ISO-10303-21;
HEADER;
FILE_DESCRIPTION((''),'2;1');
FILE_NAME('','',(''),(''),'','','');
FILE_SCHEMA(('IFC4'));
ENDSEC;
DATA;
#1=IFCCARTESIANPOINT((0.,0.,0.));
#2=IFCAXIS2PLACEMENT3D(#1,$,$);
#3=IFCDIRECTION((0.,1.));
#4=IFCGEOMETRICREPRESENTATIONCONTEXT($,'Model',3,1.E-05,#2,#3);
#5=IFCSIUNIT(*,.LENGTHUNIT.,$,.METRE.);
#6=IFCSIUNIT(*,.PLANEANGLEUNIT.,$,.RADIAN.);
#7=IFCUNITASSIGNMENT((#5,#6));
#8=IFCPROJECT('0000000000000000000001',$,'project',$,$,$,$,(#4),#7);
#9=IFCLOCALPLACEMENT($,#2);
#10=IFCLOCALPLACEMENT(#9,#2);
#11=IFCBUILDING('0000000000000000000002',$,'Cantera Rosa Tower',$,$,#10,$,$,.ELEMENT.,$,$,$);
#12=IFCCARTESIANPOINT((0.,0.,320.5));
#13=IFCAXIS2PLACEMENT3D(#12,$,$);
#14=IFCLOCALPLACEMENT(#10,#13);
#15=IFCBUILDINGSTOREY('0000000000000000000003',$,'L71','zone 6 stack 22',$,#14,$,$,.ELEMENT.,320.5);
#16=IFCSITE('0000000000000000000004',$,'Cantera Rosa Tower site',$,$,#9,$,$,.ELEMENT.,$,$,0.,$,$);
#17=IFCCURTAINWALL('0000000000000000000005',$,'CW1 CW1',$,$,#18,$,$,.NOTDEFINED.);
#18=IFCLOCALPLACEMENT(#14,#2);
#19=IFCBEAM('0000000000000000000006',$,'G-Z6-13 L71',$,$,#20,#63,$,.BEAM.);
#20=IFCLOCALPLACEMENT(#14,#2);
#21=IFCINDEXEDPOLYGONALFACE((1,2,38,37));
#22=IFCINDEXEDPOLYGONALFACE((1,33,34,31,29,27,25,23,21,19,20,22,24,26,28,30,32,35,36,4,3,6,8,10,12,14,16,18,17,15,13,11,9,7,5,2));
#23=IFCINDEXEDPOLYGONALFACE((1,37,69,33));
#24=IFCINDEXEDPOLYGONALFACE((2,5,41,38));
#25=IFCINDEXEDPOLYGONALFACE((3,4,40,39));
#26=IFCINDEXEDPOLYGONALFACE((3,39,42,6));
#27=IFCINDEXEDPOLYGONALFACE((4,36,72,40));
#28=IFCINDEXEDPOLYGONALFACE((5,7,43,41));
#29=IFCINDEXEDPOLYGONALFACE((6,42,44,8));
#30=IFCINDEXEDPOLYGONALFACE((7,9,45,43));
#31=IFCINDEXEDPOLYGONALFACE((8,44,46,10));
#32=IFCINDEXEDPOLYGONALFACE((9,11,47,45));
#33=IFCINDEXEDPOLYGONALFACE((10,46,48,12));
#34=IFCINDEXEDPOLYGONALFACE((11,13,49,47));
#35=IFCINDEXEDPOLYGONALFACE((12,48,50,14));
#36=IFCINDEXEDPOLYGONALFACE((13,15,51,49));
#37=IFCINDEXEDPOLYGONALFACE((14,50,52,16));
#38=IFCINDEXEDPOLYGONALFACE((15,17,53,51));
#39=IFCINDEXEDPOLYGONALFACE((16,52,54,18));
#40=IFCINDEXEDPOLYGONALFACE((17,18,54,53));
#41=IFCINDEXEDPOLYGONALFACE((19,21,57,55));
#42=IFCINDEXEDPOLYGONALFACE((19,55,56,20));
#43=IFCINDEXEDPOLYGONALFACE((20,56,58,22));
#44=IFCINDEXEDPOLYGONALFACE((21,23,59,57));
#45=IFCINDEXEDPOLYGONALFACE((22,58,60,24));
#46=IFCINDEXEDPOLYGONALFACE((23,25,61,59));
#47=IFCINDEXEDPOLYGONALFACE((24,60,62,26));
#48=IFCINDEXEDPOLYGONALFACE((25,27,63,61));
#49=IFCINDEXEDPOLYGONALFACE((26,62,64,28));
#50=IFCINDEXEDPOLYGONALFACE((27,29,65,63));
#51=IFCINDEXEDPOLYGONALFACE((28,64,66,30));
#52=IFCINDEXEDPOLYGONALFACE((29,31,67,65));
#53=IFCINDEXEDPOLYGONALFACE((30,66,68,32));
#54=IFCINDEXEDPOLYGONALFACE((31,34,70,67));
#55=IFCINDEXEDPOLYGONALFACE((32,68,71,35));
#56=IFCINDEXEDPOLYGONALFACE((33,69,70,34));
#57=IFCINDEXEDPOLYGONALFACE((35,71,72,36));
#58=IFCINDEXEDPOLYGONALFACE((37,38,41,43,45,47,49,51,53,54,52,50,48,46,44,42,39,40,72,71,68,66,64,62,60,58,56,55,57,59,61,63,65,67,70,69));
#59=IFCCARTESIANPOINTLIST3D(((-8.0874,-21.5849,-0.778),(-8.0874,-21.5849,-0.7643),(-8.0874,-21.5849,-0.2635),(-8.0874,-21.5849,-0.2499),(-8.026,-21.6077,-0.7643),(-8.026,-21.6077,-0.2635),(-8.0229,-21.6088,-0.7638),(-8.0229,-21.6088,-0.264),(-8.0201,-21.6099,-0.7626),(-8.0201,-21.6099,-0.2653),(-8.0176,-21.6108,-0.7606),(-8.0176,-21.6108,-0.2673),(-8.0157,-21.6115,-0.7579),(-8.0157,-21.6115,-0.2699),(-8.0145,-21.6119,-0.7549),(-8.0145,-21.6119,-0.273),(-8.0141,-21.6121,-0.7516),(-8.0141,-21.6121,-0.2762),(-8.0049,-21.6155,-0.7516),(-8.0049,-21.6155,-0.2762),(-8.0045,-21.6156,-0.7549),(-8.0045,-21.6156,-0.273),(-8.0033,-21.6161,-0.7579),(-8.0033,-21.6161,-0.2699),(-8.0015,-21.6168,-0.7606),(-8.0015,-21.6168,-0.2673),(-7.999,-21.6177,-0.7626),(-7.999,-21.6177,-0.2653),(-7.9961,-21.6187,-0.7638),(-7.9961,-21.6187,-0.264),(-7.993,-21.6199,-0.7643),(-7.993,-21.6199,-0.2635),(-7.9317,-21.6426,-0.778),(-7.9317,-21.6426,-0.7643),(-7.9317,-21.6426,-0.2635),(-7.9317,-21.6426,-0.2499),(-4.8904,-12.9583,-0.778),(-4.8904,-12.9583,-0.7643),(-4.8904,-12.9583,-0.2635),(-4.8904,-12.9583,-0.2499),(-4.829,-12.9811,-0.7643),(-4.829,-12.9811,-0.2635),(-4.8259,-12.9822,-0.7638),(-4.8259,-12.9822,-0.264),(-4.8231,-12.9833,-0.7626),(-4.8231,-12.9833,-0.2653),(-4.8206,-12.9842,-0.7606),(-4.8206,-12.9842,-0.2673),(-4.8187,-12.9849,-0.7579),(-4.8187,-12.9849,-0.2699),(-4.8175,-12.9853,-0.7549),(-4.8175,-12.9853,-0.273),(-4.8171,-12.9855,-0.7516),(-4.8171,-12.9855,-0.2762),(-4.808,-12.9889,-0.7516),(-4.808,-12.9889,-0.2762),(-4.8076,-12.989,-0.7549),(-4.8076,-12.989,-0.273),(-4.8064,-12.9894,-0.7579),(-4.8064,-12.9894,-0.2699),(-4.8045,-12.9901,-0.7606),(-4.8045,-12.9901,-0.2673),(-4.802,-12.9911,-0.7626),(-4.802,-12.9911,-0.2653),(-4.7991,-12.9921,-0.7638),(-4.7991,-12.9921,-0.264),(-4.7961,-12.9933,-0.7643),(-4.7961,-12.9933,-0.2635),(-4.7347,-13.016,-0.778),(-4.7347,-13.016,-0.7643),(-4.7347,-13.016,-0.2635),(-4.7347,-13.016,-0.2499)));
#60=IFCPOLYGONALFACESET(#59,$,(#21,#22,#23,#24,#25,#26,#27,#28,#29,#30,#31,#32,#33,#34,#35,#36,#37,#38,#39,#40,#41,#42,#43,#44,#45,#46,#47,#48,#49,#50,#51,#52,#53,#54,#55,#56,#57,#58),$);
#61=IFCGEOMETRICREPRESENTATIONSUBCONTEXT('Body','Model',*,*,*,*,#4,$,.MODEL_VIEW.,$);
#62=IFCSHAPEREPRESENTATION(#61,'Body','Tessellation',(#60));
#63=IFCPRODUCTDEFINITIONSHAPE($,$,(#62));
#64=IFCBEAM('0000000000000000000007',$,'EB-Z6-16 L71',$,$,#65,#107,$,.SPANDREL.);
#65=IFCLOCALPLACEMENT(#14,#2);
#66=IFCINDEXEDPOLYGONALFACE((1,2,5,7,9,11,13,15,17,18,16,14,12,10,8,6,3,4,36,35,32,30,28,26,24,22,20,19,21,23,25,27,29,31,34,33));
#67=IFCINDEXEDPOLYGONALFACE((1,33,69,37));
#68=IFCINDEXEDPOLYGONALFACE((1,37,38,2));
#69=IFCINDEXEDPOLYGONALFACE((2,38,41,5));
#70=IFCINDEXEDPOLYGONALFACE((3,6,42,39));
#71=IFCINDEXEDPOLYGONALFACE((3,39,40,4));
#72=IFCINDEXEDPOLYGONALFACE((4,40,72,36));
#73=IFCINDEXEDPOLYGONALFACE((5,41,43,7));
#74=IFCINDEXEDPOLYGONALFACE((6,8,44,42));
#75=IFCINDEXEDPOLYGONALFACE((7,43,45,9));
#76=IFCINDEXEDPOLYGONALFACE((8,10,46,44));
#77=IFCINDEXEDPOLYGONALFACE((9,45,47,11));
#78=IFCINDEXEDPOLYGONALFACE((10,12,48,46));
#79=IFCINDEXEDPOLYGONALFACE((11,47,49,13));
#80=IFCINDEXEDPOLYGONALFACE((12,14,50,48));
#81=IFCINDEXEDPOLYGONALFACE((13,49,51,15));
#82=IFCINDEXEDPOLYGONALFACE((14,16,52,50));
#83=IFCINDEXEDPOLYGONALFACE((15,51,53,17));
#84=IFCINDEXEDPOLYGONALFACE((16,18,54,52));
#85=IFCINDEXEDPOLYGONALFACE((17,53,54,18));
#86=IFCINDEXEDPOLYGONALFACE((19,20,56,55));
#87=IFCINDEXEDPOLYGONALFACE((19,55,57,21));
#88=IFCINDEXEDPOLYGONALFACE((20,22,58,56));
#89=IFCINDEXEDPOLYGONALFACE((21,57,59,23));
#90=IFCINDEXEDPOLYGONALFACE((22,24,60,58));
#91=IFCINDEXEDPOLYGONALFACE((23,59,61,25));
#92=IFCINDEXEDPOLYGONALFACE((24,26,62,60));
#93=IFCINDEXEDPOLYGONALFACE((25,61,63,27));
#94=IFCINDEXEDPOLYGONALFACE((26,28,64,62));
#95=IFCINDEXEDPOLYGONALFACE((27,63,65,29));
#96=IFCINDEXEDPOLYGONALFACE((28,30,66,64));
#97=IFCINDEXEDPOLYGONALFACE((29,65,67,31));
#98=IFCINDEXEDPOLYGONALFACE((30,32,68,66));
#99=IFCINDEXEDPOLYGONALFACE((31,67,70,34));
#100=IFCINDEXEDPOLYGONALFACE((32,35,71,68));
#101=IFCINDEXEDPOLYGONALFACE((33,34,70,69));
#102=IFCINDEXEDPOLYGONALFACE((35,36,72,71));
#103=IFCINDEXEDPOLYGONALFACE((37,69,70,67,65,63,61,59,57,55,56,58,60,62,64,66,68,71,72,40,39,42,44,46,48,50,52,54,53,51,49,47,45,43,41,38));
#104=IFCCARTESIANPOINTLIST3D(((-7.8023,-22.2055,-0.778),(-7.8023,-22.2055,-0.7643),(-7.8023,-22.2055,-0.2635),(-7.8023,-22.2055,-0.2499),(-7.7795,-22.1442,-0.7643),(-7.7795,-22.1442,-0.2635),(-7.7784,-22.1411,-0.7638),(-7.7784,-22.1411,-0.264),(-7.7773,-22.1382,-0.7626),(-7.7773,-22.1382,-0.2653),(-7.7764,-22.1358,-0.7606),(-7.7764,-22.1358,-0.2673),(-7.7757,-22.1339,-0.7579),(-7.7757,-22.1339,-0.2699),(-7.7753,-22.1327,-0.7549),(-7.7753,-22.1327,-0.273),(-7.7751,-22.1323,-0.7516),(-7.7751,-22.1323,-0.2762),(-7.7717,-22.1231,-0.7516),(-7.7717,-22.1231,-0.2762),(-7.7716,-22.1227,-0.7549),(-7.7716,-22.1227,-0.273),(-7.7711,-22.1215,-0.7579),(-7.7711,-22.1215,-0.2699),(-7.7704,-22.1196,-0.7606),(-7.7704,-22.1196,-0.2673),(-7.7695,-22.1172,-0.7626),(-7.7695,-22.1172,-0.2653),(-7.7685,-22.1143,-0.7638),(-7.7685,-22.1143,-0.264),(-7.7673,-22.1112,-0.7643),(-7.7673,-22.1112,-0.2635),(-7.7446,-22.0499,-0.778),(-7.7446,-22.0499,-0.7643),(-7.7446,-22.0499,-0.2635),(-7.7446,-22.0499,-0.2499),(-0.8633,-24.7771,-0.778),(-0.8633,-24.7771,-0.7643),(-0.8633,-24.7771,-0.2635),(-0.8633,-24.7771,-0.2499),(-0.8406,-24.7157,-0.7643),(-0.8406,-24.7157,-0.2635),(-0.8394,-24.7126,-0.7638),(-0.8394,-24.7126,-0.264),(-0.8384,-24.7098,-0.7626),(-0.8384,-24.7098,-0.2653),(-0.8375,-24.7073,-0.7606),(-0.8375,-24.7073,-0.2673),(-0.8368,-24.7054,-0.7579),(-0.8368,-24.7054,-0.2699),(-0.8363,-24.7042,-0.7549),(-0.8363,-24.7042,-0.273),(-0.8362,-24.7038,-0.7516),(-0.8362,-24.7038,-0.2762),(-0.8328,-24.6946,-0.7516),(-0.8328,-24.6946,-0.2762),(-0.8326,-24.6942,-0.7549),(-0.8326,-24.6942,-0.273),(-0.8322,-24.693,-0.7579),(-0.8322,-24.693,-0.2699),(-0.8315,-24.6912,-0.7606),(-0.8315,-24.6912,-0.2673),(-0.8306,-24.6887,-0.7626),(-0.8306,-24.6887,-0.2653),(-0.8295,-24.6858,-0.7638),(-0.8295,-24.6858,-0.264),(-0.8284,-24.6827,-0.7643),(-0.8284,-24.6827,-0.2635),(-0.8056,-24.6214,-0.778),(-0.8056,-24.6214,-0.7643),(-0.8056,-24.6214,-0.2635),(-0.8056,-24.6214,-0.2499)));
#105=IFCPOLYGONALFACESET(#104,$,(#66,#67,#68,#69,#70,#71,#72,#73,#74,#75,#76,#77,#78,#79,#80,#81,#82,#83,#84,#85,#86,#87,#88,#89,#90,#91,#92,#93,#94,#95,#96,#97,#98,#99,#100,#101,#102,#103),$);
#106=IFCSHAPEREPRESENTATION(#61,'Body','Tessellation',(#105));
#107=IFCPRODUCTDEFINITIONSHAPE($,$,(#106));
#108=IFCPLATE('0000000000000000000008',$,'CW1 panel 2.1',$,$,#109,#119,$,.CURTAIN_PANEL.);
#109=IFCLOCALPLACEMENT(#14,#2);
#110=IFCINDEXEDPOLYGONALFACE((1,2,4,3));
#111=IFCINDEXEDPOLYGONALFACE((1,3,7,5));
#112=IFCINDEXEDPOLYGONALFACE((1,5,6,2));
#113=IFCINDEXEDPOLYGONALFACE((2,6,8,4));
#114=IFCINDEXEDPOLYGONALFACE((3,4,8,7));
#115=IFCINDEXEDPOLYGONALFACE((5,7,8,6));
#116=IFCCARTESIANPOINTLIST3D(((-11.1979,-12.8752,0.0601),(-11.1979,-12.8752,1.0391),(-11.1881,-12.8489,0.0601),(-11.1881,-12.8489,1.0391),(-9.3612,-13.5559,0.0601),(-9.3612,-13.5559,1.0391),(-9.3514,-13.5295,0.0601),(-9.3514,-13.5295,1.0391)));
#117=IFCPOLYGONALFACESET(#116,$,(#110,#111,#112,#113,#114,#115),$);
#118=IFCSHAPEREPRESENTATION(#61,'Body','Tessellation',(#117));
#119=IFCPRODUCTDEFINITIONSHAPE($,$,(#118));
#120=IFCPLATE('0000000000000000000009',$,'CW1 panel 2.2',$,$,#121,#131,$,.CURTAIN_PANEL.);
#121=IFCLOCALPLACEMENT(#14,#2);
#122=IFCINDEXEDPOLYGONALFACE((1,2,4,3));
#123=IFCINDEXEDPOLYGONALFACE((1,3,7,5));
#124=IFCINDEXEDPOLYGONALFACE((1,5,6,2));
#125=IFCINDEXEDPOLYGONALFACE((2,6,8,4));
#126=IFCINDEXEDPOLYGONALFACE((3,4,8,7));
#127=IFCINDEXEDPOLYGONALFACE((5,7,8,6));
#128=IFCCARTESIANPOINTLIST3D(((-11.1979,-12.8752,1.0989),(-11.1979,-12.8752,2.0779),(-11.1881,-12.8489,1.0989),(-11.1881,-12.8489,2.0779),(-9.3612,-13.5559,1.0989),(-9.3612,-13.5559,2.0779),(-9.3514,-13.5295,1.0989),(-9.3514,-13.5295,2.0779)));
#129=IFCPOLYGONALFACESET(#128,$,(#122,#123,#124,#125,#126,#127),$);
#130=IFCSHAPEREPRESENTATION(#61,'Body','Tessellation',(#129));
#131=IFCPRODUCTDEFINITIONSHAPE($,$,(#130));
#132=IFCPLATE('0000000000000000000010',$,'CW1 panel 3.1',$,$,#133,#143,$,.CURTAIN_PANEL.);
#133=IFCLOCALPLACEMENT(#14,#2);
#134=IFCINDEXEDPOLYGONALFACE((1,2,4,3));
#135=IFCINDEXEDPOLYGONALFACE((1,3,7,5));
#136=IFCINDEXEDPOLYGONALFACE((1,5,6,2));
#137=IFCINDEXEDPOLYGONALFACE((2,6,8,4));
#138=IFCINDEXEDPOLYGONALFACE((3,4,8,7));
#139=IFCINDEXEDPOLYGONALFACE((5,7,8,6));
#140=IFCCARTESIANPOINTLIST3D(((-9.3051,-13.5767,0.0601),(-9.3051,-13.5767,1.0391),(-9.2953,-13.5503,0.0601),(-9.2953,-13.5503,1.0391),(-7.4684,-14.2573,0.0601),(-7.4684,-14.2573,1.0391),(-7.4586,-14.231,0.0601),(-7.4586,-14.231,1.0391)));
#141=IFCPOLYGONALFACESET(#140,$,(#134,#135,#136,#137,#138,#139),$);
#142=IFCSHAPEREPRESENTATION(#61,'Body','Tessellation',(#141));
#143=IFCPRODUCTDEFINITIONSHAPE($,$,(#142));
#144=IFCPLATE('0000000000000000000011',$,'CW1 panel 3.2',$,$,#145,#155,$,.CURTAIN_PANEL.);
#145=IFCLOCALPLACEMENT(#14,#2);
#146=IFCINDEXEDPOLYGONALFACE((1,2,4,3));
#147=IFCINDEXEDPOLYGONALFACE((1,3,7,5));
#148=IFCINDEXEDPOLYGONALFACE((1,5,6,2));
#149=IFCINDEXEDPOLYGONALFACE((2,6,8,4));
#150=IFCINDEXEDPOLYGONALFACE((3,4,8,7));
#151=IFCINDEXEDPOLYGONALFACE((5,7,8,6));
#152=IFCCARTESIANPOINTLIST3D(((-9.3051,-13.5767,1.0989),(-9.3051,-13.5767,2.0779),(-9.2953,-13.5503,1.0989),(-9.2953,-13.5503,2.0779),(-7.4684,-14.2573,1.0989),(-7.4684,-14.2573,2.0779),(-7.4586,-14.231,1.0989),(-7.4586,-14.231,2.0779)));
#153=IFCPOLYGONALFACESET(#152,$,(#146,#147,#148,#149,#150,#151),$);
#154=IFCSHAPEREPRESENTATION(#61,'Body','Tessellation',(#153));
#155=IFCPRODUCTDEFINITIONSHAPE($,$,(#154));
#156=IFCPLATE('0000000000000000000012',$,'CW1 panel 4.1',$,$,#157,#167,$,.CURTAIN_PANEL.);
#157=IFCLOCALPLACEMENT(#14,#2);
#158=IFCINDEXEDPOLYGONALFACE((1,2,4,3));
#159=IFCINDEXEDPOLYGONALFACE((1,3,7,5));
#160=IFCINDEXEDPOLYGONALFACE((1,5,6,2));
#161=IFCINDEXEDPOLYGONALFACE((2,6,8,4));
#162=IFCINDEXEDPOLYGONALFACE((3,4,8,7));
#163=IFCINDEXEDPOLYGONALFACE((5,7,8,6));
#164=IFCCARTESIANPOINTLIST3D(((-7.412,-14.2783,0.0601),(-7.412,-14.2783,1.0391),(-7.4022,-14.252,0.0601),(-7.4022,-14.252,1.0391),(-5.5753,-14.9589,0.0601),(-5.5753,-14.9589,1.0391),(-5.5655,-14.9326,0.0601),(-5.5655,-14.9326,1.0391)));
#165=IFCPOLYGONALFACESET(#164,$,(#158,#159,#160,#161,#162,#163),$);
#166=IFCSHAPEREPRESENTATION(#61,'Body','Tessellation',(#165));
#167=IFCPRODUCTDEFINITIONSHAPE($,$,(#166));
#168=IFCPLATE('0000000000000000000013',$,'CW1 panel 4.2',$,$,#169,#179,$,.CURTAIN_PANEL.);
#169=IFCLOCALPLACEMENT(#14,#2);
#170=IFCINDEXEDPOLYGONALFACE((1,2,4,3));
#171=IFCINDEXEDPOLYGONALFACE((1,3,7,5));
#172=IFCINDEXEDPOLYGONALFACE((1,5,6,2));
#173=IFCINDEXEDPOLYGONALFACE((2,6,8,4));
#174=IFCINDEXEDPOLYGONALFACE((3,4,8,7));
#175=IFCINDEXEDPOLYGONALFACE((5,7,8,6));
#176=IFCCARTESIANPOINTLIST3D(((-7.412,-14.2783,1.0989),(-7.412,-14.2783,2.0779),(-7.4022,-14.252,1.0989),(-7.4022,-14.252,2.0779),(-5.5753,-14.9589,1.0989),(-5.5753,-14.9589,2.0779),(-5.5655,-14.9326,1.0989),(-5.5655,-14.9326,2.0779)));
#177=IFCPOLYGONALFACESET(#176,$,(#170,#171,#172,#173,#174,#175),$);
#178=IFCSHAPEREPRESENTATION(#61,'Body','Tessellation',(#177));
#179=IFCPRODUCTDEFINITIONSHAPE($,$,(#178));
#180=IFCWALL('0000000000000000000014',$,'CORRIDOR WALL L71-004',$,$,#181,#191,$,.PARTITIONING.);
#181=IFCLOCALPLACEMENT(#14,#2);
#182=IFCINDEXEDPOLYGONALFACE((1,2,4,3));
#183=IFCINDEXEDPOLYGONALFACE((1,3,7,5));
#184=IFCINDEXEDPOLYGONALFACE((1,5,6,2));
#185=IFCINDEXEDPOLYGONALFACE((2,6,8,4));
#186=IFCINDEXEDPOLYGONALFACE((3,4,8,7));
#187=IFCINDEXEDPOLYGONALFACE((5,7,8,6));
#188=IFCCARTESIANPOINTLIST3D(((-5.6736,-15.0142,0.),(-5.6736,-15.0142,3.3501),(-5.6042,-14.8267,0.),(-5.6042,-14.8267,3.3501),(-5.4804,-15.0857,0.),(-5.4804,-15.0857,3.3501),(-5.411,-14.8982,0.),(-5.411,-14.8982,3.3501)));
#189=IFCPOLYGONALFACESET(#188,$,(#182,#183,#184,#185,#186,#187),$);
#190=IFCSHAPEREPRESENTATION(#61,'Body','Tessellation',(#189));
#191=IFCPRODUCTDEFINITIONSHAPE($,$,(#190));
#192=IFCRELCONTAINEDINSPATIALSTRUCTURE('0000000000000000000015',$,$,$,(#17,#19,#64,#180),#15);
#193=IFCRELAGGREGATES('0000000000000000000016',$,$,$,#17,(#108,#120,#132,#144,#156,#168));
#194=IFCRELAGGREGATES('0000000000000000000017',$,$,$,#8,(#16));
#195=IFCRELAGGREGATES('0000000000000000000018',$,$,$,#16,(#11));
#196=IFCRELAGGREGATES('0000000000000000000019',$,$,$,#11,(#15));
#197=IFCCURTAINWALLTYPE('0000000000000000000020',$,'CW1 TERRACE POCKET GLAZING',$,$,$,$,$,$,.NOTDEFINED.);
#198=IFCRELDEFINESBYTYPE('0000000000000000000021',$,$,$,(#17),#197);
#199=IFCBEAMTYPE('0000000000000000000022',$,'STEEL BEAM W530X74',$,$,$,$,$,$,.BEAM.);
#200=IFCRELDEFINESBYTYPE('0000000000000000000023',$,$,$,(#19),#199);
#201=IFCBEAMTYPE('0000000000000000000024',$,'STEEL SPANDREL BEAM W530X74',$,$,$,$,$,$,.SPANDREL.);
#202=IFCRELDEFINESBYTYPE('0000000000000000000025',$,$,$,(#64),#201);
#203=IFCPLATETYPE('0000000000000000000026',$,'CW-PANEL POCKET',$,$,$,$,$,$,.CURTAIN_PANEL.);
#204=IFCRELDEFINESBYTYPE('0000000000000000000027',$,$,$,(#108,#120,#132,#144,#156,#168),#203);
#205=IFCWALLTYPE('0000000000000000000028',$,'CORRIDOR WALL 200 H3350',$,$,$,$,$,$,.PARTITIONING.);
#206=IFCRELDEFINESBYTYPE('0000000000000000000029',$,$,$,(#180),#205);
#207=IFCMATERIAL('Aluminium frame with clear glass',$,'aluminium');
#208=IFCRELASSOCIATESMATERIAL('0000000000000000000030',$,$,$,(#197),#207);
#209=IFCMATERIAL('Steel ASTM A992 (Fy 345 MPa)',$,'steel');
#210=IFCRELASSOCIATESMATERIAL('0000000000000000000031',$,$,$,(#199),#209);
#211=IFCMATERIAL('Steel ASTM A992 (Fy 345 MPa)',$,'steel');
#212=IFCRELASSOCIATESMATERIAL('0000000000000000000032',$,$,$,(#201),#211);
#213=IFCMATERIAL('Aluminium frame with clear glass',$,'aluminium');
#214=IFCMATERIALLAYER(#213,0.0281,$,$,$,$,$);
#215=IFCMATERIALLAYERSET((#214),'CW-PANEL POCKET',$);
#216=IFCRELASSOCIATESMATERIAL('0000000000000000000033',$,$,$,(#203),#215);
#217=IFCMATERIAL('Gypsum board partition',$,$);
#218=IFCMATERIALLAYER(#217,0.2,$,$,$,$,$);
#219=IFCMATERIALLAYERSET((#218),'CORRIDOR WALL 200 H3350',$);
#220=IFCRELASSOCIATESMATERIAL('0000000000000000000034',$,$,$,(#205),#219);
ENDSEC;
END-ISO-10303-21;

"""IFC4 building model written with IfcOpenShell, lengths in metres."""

from ifc_helpers import new_model, si_unit, direction, frame, frame_2d, origin, origin_2d, place, context, subcontext, project, spatial, rectangle, i_section, extrude, material, layer, layer_set, material_profile, profile_set, type_object, element, aggregate, save


model = new_model("IFC4")

# Units and contexts
model_context = context("Model", 3, precision=1e-05, world=origin(), true_north=direction((0.0, 1.0)))
body_context = subcontext(model_context, "Body", "Model", "MODEL_VIEW")
ifc_project = project(units=[si_unit("LENGTHUNIT", "METRE"), si_unit("PLANEANGLEUNIT", "RADIAN")], contexts=[model_context])

# Site, building, storey
site_placement = place(None, origin())
site = spatial("IfcSite", under=ifc_project, at=site_placement, Name="Cantera Rosa Tower site", CompositionType="ELEMENT", RefElevation=0.0)
building_placement = place(site_placement, origin())
building = spatial("IfcBuilding", under=site, at=building_placement, Name="Cantera Rosa Tower", CompositionType="ELEMENT")
storey_placement = place(building_placement, frame((0.0, 0.0, 320.5)))
storey = spatial("IfcBuildingStorey", under=building, at=storey_placement, Name="L71", Description="zone 6 stack 22", CompositionType="ELEMENT", Elevation=320.5)

# Curtain wall
ifc_material_1 = material(Name="Aluminium frame with clear glass", Category="aluminium")
curtain_wall_type = type_object("IfcCurtainWallType", Name="CW1 TERRACE POCKET GLAZING", PredefinedType="NOTDEFINED", material=ifc_material_1)
curtain_wall_placement = place(storey_placement, origin())
curtain_wall = element("IfcCurtainWall", 1, at=curtain_wall_placement, inside=storey, type_object=curtain_wall_type, Name="CW1 CW1", PredefinedType="NOTDEFINED")

# Beams
ifc_material_2 = material(Name="Steel ASTM A992 (Fy 345 MPa)", Category="steel")
ifc_material_profile_1 = material_profile(ifc_material_2, i_section(OverallWidth=0.166, OverallDepth=0.5281, WebThickness=0.0098, FlangeThickness=0.0137, FilletRadius=0.0127, at=origin_2d()), Name="W530X74")
ifc_profile_set_1 = profile_set([ifc_material_profile_1], Name="Steel ASTM A992 (Fy 345 MPa)")
beam_type_1 = type_object("IfcBeamType", Name="STEEL BEAM W530X74", PredefinedType="BEAM", material=ifc_profile_set_1)
beam_1_placement = place(storey_placement, frame((-8.0095, -21.6138, -0.5139), z_axis=(0.3475, 0.93768, 0.0), x_axis=(-0.93768, 0.3475, 0.0)))
element("IfcBeam", 2, at=beam_1_placement, inside=storey, type_object=beam_type_1, Name="G-Z6-13 L71", PredefinedType="BEAM", context=body_context, shape_type="SweptSolid", body=[
    extrude(i_section(OverallWidth=0.166, OverallDepth=0.5281, WebThickness=0.0098, FlangeThickness=0.0137, FilletRadius=0.0127, at=origin_2d()), origin(), (0.0, 0.0, 1.0), 9.2),
])
ifc_material_3 = material(Name="Steel ASTM A992 (Fy 345 MPa)", Category="steel")
ifc_material_profile_2 = material_profile(ifc_material_3, i_section(OverallWidth=0.166, OverallDepth=0.5281, WebThickness=0.0098, FlangeThickness=0.0137, FilletRadius=0.0127, at=origin_2d()), Name="W530X74")
ifc_profile_set_2 = profile_set([ifc_material_profile_2], Name="Steel ASTM A992 (Fy 345 MPa)")
beam_type_2 = type_object("IfcBeamType", Name="STEEL SPANDREL BEAM W530X74", PredefinedType="SPANDREL", material=ifc_profile_set_2)
beam_2_placement = place(storey_placement, frame((-7.7734, -22.1277, -0.5139), z_axis=(0.937681, -0.347498, 0.0), x_axis=(0.347498, 0.937681, 0.0)))
element("IfcBeam", 3, at=beam_2_placement, inside=storey, type_object=beam_type_2, Name="EB-Z6-16 L71", PredefinedType="SPANDREL", context=body_context, shape_type="SweptSolid", body=[
    extrude(i_section(OverallWidth=0.166, OverallDepth=0.5281, WebThickness=0.0098, FlangeThickness=0.0137, FilletRadius=0.0127, at=origin_2d()), origin(), (0.0, 0.0, 1.0), 7.4001),
])

# Plates
ifc_material_4 = material(Name="Aluminium frame with clear glass", Category="aluminium")
ifc_layer_1 = layer(ifc_material_4, 0.0281)
ifc_layer_set_1 = layer_set([ifc_layer_1], Name="CW-PANEL POCKET")
plate_type = type_object("IfcPlateType", Name="CW-PANEL POCKET", PredefinedType="CURTAIN_PANEL", material=ifc_layer_set_1)
plate_1_placement = place(storey_placement, frame((-10.2747, -13.2024, 0.0601), z_axis=(0.0, 0.0, 1.0), x_axis=(0.937687, -0.347481, 0.0)))
plate_1 = element("IfcPlate", 4, at=plate_1_placement, type_object=plate_type, Name="CW1 panel 2.1", PredefinedType="CURTAIN_PANEL", context=body_context, shape_type="SweptSolid", body=[
    extrude(rectangle(XDim=1.9587, YDim=0.0281, at=origin_2d()), origin(), (0.0, 0.0, 1.0), 0.979),
])
plate_2_placement = place(storey_placement, frame((-10.2747, -13.2024, 1.0989), z_axis=(0.0, 0.0, 1.0), x_axis=(0.937687, -0.347481, 0.0)))
plate_2 = element("IfcPlate", 5, at=plate_2_placement, type_object=plate_type, Name="CW1 panel 2.2", PredefinedType="CURTAIN_PANEL", context=body_context, shape_type="SweptSolid", body=[
    extrude(rectangle(XDim=1.9587, YDim=0.0281, at=origin_2d()), origin(), (0.0, 0.0, 1.0), 0.979),
])
plate_3_placement = place(storey_placement, frame((-8.3818, -13.9038, 0.0601), z_axis=(0.0, 0.0, 1.0), x_axis=(0.937687, -0.347481, 0.0)))
plate_3 = element("IfcPlate", 6, at=plate_3_placement, type_object=plate_type, Name="CW1 panel 3.1", PredefinedType="CURTAIN_PANEL", context=body_context, shape_type="SweptSolid", body=[
    extrude(rectangle(XDim=1.9587, YDim=0.0281, at=origin_2d()), origin(), (0.0, 0.0, 1.0), 0.979),
])
plate_4_placement = place(storey_placement, frame((-8.3818, -13.9038, 1.0989), z_axis=(0.0, 0.0, 1.0), x_axis=(0.937687, -0.347481, 0.0)))
plate_4 = element("IfcPlate", 7, at=plate_4_placement, type_object=plate_type, Name="CW1 panel 3.2", PredefinedType="CURTAIN_PANEL", context=body_context, shape_type="SweptSolid", body=[
    extrude(rectangle(XDim=1.9587, YDim=0.0281, at=origin_2d()), origin(), (0.0, 0.0, 1.0), 0.979),
])
plate_5_placement = place(storey_placement, frame((-6.4888, -14.6055, 0.0601), z_axis=(0.0, 0.0, 1.0), x_axis=(0.937687, -0.347481, 0.0)))
plate_5 = element("IfcPlate", 8, at=plate_5_placement, type_object=plate_type, Name="CW1 panel 4.1", PredefinedType="CURTAIN_PANEL", context=body_context, shape_type="SweptSolid", body=[
    extrude(rectangle(XDim=1.9587, YDim=0.0281, at=origin_2d()), origin(), (0.0, 0.0, 1.0), 0.979),
])
plate_6_placement = place(storey_placement, frame((-6.4888, -14.6055, 1.0989), z_axis=(0.0, 0.0, 1.0), x_axis=(0.937687, -0.347481, 0.0)))
plate_6 = element("IfcPlate", 9, at=plate_6_placement, type_object=plate_type, Name="CW1 panel 4.2", PredefinedType="CURTAIN_PANEL", context=body_context, shape_type="SweptSolid", body=[
    extrude(rectangle(XDim=1.9587, YDim=0.0281, at=origin_2d()), origin(), (0.0, 0.0, 1.0), 0.979),
])
aggregate(curtain_wall, [plate_1, plate_2, plate_3, plate_4, plate_5, plate_6])

# Wall
ifc_material_5 = material(Name="Gypsum board partition")
ifc_layer_2 = layer(ifc_material_5, 0.2)
ifc_layer_set_2 = layer_set([ifc_layer_2], Name="CORRIDOR WALL 200 H3350")
wall_type = type_object("IfcWallType", Name="CORRIDOR WALL 200 H3350", PredefinedType="PARTITIONING", material=ifc_layer_set_2)
wall_1_placement = place(storey_placement, frame((-5.6389, -14.9204, 0.0), z_axis=(0.0, 0.0, 1.0), x_axis=(0.937734, -0.347353, 0.0)))
element("IfcWall", 10, at=wall_1_placement, inside=storey, type_object=wall_type, Name="CORRIDOR WALL L71-004", PredefinedType="PARTITIONING", context=body_context, shape_type="SweptSolid", body=[
    extrude(rectangle(XDim=0.2061, YDim=0.2, at=frame_2d((0.103, 0.0))), origin(), (0.0, 0.0, 1.0), 3.3501),
])

save(model, "model.ifc")
